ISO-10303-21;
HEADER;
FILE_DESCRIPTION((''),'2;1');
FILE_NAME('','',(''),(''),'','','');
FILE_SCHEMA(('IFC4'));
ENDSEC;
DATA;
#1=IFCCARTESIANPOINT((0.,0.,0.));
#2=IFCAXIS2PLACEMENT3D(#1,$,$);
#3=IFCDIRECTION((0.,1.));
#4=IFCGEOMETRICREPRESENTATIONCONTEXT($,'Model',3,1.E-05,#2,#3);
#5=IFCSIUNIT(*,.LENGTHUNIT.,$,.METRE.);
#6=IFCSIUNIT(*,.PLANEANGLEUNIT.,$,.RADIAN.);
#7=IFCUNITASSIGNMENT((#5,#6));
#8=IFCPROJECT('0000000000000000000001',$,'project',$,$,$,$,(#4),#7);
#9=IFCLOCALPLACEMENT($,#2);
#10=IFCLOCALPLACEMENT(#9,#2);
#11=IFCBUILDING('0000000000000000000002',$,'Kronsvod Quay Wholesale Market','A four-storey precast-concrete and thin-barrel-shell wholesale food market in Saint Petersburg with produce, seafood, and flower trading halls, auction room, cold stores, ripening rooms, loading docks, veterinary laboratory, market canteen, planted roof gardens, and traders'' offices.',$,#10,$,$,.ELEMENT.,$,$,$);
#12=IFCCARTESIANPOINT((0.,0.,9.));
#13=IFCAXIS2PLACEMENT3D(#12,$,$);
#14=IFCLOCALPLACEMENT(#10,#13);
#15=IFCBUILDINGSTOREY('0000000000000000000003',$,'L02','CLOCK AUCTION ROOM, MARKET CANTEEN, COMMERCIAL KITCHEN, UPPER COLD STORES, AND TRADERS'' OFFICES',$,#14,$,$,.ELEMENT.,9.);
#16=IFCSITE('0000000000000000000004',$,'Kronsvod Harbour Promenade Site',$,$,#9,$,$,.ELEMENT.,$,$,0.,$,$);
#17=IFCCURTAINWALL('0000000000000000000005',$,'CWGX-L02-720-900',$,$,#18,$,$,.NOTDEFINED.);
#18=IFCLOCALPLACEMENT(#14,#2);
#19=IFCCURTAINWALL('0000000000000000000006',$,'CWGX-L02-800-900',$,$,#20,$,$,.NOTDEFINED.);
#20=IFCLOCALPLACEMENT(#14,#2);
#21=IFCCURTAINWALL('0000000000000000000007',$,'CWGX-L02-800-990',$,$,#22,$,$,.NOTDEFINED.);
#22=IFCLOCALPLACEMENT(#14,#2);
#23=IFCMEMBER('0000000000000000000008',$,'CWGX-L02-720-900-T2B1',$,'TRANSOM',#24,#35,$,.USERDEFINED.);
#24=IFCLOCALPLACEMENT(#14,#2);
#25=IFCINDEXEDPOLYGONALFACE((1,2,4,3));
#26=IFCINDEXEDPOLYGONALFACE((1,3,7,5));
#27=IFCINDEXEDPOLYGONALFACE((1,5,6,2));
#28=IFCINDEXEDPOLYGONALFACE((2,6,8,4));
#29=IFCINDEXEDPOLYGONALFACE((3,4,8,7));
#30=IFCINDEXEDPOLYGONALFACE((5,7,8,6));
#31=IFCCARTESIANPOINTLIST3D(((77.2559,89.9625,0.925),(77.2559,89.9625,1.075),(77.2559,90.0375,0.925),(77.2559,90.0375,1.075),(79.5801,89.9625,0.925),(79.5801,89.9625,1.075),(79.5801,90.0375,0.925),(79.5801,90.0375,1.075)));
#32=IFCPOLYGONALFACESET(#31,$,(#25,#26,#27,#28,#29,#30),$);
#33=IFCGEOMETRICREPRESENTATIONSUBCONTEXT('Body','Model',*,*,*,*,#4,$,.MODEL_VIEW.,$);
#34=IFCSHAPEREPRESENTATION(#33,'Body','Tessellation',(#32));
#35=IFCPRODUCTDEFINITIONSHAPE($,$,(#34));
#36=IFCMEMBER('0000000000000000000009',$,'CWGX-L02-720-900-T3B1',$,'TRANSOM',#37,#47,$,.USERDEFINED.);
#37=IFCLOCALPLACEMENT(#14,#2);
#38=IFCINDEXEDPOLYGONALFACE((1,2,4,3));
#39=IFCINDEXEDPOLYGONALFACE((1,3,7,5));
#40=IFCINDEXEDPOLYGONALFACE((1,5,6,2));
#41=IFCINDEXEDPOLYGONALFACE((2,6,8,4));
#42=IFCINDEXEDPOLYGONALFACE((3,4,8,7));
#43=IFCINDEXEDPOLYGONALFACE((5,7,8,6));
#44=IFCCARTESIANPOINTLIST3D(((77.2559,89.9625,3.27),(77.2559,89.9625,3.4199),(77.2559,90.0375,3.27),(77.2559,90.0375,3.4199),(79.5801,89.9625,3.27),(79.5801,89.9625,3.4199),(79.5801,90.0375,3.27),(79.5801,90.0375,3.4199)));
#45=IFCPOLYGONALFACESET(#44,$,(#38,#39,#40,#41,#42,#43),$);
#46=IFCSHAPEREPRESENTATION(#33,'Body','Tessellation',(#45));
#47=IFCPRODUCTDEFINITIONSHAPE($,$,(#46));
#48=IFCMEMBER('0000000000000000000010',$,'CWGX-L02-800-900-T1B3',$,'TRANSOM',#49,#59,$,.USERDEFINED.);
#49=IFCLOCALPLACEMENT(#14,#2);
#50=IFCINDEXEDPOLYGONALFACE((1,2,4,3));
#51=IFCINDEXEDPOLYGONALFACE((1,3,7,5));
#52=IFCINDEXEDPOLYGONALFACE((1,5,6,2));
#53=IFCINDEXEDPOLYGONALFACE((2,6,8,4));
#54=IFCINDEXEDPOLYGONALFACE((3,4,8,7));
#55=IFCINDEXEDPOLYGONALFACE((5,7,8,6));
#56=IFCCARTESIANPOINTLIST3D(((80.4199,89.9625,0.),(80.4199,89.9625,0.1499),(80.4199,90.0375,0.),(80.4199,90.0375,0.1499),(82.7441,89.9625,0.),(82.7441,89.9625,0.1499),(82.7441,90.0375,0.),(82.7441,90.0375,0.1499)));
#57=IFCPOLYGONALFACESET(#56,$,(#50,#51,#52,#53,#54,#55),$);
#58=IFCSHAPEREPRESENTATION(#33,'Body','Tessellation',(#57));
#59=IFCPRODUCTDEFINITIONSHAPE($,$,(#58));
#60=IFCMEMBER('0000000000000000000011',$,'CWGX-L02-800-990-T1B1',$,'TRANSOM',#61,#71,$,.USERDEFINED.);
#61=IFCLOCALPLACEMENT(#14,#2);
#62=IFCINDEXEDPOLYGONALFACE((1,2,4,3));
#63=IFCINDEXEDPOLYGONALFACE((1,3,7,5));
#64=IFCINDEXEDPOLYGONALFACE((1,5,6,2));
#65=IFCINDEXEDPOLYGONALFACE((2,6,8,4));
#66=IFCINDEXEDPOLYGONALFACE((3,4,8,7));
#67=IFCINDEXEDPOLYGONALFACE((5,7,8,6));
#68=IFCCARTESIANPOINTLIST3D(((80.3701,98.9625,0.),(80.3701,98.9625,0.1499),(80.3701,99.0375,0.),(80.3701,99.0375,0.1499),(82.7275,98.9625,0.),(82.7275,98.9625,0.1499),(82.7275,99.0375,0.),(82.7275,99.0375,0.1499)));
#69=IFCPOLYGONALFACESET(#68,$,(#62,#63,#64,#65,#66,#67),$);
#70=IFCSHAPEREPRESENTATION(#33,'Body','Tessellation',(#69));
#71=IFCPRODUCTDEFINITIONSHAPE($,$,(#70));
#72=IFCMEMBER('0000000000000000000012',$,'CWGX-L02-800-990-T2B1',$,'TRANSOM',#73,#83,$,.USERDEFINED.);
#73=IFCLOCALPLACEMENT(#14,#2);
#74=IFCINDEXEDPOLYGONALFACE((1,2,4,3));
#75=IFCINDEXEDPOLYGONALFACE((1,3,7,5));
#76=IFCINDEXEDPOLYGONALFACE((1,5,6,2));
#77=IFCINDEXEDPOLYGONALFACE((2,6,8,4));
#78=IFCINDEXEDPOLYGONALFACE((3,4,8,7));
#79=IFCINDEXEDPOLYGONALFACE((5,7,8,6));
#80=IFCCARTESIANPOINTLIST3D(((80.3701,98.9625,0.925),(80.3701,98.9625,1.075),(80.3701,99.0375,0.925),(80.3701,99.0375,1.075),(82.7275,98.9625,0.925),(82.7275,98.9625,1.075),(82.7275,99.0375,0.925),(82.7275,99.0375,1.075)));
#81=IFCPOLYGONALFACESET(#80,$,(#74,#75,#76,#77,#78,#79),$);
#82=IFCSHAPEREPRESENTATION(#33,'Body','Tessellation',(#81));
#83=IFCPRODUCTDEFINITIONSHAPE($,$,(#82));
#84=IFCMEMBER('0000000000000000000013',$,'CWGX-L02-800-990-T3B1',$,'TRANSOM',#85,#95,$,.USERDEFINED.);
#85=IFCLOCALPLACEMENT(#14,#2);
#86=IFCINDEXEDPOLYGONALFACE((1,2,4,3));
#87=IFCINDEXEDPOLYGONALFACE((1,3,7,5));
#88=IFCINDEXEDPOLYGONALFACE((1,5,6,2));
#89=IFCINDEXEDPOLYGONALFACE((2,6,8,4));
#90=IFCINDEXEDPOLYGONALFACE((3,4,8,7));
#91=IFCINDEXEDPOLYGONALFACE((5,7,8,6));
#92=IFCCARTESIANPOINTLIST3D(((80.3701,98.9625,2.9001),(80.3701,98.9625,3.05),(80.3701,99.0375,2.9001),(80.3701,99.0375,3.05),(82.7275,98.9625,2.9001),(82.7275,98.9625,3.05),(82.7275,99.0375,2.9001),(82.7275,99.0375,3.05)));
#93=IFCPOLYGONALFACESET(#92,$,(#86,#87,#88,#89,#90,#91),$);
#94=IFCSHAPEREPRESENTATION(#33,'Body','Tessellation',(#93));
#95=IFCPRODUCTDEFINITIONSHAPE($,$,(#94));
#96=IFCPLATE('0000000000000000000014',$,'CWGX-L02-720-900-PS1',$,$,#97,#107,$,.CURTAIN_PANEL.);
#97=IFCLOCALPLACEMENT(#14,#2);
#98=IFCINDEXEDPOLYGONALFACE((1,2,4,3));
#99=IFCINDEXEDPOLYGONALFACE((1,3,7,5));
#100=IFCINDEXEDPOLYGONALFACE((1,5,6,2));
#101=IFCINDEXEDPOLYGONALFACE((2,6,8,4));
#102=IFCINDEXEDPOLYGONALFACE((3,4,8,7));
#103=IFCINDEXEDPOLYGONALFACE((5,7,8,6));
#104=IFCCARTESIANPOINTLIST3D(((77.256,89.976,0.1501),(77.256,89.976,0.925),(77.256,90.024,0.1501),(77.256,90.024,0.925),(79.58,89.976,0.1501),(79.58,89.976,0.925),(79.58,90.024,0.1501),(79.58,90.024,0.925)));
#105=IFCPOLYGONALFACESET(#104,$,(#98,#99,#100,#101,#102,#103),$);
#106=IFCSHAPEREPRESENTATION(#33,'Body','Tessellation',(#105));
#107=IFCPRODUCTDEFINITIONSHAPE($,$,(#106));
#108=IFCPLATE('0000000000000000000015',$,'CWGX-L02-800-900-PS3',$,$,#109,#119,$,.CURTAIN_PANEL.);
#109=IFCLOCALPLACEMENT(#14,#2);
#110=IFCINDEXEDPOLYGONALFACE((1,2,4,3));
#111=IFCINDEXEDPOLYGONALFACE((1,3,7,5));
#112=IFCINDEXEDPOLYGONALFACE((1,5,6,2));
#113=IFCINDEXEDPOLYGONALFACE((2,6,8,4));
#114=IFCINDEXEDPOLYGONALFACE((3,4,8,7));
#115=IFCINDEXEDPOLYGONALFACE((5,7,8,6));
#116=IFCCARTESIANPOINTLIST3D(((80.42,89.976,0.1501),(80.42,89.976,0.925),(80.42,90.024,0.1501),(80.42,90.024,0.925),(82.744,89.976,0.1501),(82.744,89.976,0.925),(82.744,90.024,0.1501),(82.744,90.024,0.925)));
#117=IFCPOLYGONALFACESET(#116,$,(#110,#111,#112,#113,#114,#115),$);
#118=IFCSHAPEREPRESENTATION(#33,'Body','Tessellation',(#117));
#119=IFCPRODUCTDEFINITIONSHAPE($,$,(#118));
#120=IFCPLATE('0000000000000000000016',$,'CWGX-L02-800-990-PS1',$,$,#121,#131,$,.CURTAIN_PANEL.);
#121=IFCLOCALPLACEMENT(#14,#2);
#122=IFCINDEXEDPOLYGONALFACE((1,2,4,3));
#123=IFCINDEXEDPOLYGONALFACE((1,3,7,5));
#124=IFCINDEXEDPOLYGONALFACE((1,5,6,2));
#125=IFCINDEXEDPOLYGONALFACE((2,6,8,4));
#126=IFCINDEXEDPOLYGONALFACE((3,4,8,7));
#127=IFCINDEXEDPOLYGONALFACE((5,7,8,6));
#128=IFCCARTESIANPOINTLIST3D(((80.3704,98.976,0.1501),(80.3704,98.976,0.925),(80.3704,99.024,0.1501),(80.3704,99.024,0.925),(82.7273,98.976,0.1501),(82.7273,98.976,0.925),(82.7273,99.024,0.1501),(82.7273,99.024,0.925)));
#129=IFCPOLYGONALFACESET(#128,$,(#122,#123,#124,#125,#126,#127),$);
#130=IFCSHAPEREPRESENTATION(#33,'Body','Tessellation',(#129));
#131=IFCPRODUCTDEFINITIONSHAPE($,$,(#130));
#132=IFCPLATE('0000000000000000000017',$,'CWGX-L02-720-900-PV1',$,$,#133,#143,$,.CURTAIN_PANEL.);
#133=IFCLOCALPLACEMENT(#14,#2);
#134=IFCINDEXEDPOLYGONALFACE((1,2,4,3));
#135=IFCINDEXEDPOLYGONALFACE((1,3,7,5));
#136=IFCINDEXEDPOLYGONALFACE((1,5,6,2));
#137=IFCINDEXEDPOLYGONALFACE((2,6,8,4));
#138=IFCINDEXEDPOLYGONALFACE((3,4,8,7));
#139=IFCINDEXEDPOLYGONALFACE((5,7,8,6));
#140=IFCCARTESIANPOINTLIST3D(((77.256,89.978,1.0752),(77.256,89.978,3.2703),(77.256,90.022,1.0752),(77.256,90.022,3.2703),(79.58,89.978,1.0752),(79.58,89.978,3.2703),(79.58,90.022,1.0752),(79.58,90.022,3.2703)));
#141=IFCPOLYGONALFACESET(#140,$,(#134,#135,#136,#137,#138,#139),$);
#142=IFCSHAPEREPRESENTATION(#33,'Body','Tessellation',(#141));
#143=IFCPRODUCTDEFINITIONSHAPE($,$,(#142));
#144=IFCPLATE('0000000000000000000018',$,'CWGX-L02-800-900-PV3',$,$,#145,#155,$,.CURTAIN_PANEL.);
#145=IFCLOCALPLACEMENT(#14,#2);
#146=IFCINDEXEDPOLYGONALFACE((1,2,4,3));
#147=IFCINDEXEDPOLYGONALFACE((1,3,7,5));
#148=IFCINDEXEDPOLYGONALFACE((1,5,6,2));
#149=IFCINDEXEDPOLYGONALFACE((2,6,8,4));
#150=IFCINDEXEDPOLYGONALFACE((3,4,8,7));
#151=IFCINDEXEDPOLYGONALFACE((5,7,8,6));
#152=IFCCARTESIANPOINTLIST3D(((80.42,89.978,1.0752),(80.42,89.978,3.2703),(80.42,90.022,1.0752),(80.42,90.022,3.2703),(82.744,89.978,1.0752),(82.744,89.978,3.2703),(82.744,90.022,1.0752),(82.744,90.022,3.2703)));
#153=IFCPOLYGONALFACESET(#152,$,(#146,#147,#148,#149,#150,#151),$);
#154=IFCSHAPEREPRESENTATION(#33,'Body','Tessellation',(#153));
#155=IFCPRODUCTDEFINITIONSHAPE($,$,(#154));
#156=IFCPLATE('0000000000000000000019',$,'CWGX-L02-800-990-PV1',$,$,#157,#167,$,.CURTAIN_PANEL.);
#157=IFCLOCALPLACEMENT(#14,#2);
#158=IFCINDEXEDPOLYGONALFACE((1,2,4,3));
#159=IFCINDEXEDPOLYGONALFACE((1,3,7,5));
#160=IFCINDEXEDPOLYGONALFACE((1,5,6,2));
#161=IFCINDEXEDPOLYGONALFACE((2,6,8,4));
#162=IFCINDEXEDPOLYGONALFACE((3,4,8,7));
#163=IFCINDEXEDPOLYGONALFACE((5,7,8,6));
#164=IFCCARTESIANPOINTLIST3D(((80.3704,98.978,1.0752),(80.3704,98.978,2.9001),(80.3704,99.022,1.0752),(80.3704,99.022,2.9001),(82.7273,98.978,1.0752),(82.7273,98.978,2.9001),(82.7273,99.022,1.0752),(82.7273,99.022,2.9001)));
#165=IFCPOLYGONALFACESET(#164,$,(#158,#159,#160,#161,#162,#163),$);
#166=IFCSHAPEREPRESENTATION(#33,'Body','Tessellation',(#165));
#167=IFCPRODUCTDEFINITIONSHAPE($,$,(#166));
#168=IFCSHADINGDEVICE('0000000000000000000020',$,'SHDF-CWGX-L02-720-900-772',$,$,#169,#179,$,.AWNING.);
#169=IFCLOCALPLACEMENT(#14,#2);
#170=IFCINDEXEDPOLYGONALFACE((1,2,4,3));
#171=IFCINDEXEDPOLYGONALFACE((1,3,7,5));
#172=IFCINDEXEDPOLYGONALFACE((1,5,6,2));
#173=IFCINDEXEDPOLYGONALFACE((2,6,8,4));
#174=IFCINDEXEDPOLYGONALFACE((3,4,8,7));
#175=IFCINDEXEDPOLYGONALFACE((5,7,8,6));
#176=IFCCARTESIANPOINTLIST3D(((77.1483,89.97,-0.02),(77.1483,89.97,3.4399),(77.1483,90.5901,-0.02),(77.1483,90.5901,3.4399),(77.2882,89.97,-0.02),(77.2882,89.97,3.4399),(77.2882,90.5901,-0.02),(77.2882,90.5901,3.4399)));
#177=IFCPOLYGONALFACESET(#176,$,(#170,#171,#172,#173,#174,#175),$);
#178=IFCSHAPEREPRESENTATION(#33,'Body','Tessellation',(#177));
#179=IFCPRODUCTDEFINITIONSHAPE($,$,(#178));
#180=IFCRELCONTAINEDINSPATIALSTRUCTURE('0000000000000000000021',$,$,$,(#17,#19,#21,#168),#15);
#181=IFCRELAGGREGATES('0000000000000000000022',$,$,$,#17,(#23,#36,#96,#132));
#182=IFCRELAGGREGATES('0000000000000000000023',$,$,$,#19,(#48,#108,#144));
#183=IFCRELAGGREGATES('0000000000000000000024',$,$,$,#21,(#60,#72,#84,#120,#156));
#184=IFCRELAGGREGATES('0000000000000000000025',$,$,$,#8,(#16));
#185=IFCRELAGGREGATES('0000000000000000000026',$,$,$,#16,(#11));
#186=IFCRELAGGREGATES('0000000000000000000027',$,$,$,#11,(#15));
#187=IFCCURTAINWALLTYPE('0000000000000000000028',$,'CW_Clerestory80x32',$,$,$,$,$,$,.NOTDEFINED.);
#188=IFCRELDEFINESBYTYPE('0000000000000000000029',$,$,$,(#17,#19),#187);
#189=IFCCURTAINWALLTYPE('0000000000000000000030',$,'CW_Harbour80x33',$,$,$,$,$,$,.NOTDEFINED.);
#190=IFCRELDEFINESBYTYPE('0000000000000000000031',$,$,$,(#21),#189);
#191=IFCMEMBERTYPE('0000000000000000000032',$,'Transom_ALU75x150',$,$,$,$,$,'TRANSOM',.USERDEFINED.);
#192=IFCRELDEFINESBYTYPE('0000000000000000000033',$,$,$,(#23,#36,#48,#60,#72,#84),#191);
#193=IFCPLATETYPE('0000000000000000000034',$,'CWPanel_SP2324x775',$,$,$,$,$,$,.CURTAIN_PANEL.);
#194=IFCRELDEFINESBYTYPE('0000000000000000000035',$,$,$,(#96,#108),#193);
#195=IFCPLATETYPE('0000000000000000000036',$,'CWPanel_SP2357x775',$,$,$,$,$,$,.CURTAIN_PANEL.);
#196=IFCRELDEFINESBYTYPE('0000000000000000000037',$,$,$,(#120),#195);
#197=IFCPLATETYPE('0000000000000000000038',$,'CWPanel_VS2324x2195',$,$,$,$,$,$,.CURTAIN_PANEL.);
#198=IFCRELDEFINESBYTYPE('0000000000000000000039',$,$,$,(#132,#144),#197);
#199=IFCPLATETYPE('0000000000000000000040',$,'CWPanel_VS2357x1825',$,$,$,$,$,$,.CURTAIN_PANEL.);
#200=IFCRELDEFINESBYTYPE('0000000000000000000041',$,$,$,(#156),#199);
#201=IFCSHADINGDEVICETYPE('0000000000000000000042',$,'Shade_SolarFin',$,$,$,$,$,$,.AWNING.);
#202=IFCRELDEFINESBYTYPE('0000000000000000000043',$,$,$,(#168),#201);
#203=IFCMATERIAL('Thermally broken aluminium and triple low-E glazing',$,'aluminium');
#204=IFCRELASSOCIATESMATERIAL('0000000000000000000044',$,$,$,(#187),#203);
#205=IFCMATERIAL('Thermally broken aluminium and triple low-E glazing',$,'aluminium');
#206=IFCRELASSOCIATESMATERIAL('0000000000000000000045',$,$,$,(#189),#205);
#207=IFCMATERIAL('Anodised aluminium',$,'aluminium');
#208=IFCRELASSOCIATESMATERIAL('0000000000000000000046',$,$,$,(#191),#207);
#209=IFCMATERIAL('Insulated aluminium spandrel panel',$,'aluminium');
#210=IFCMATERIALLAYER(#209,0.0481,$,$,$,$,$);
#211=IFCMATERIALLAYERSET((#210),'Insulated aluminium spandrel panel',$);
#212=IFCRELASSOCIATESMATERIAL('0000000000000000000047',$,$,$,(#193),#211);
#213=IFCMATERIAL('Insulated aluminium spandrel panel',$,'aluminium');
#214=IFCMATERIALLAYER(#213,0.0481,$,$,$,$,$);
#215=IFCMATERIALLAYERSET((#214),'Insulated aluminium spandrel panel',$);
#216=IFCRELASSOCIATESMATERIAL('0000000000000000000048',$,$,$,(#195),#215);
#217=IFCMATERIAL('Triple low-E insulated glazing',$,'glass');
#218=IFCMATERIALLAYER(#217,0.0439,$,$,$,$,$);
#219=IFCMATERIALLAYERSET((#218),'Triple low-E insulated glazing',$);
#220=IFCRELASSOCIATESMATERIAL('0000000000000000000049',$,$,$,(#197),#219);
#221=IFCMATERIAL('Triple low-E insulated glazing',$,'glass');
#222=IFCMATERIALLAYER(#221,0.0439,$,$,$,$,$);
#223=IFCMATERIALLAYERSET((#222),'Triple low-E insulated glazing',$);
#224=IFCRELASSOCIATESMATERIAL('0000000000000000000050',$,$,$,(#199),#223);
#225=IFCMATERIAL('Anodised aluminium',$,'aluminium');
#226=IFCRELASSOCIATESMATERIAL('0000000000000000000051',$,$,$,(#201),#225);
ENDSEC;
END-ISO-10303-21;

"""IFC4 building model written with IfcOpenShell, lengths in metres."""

from ifc_helpers import new_model, si_unit, direction, frame, origin, origin_2d, place, context, subcontext, project, spatial, rectangle, extrude, material, layer, layer_set, material_profile, profile_set, type_object, element, aggregate, save


model = new_model("IFC4")

# Units and contexts
model_context = context("Model", 3, precision=1e-05, world=origin(), true_north=direction((0.0, 1.0)))
body_context = subcontext(model_context, "Body", "Model", "MODEL_VIEW")
ifc_project = project(units=[si_unit("LENGTHUNIT", "METRE"), si_unit("PLANEANGLEUNIT", "RADIAN")], contexts=[model_context])

# Site, building, storey
site_placement = place(None, origin())
site = spatial("IfcSite", under=ifc_project, at=site_placement, Name="Kronsvod Harbour Promenade Site", CompositionType="ELEMENT", RefElevation=0.0)
building_placement = place(site_placement, origin())
building = spatial("IfcBuilding", under=site, at=building_placement, Name="Kronsvod Quay Wholesale Market", Description="A four-storey precast-concrete and thin-barrel-shell wholesale food market in Saint Petersburg with produce, seafood, and flower trading halls, auction room, cold stores, ripening rooms, loading docks, veterinary laboratory, market canteen, planted roof gardens, and traders' offices.", CompositionType="ELEMENT")
storey_placement = place(building_placement, frame((0.0, 0.0, 9.0)))
storey = spatial("IfcBuildingStorey", under=building, at=storey_placement, Name="L02", Description="CLOCK AUCTION ROOM, MARKET CANTEEN, COMMERCIAL KITCHEN, UPPER COLD STORES, AND TRADERS' OFFICES", CompositionType="ELEMENT", Elevation=9.0)

# Curtain wall
ifc_material_1 = material(Name="Thermally broken aluminium and triple low-E glazing", Category="aluminium")
curtain_wall_type_1 = type_object("IfcCurtainWallType", Name="CW_Clerestory80x32", PredefinedType="NOTDEFINED", material=ifc_material_1)
curtain_wall_1_placement = place(storey_placement, origin())
curtain_wall_1 = element("IfcCurtainWall", 1, at=curtain_wall_1_placement, inside=storey, type_object=curtain_wall_type_1, Name="CWGX-L02-720-900", PredefinedType="NOTDEFINED")

# Curtain walls
curtain_wall_2_placement = place(storey_placement, origin())
curtain_wall_2 = element("IfcCurtainWall", 2, at=curtain_wall_2_placement, inside=storey, type_object=curtain_wall_type_1, Name="CWGX-L02-800-900", PredefinedType="NOTDEFINED")
ifc_material_2 = material(Name="Thermally broken aluminium and triple low-E glazing", Category="aluminium")
curtain_wall_type_2 = type_object("IfcCurtainWallType", Name="CW_Harbour80x33", PredefinedType="NOTDEFINED", material=ifc_material_2)
curtain_wall_3_placement = place(storey_placement, origin())
curtain_wall_3 = element("IfcCurtainWall", 3, at=curtain_wall_3_placement, inside=storey, type_object=curtain_wall_type_2, Name="CWGX-L02-800-990", PredefinedType="NOTDEFINED")

# Members
ifc_material_3 = material(Name="Anodised aluminium", Category="aluminium")
ifc_material_profile_1 = material_profile(ifc_material_3, rectangle(XDim=0.075, YDim=0.1499, at=origin_2d()), Name="ALUT75x150")
ifc_profile_set_1 = profile_set([ifc_material_profile_1], Name="Anodised aluminium")
member_type_1 = type_object("IfcMemberType", Name="Transom_ALU75x150", ElementType="TRANSOM", PredefinedType="USERDEFINED", material=ifc_profile_set_1)
member_1_placement = place(storey_placement, frame((79.5801, 90.0, 1.0), z_axis=(-1.0, 0.0, 0.0), x_axis=(0.0, -1.0, 0.0)))
member_1 = element("IfcMember", 4, at=member_1_placement, type_object=member_type_1, Name="CWGX-L02-720-900-T2B1", ObjectType="TRANSOM", PredefinedType="USERDEFINED", context=body_context, shape_type="SweptSolid", body=[
    extrude(rectangle(XDim=0.075, YDim=0.1499, at=origin_2d()), origin(), (0.0, 0.0, 1.0), 2.3242),
])
member_2_placement = place(storey_placement, frame((79.5801, 90.0, 3.345), z_axis=(-1.0, 0.0, 0.0), x_axis=(0.0, -1.0, 0.0)))
member_2 = element("IfcMember", 5, at=member_2_placement, type_object=member_type_1, Name="CWGX-L02-720-900-T3B1", ObjectType="TRANSOM", PredefinedType="USERDEFINED", context=body_context, shape_type="SweptSolid", body=[
    extrude(rectangle(XDim=0.075, YDim=0.1499, at=origin_2d()), origin(), (0.0, 0.0, 1.0), 2.3242),
])
member_3_placement = place(storey_placement, frame((82.7441, 90.0, 0.075), z_axis=(-1.0, 0.0, 0.0), x_axis=(0.0, -1.0, 0.0)))
member_3 = element("IfcMember", 6, at=member_3_placement, type_object=member_type_1, Name="CWGX-L02-800-900-T1B3", ObjectType="TRANSOM", PredefinedType="USERDEFINED", context=body_context, shape_type="SweptSolid", body=[
    extrude(rectangle(XDim=0.075, YDim=0.1499, at=origin_2d()), origin(), (0.0, 0.0, 1.0), 2.3242),
])
member_4_placement = place(storey_placement, frame((80.3701, 99.0, 0.075), z_axis=(1.0, 0.0, 0.0), x_axis=(0.0, 1.0, 0.0)))
member_4 = element("IfcMember", 7, at=member_4_placement, type_object=member_type_1, Name="CWGX-L02-800-990-T1B1", ObjectType="TRANSOM", PredefinedType="USERDEFINED", context=body_context, shape_type="SweptSolid", body=[
    extrude(rectangle(XDim=0.075, YDim=0.1499, at=origin_2d()), origin(), (0.0, 0.0, 1.0), 2.3574),
])
member_5_placement = place(storey_placement, frame((80.3701, 99.0, 1.0), z_axis=(1.0, 0.0, 0.0), x_axis=(0.0, 1.0, 0.0)))
member_5 = element("IfcMember", 8, at=member_5_placement, type_object=member_type_1, Name="CWGX-L02-800-990-T2B1", ObjectType="TRANSOM", PredefinedType="USERDEFINED", context=body_context, shape_type="SweptSolid", body=[
    extrude(rectangle(XDim=0.075, YDim=0.1499, at=origin_2d()), origin(), (0.0, 0.0, 1.0), 2.3574),
])
member_6_placement = place(storey_placement, frame((80.3701, 99.0, 2.9751), z_axis=(1.0, 0.0, 0.0), x_axis=(0.0, 1.0, 0.0)))
member_6 = element("IfcMember", 9, at=member_6_placement, type_object=member_type_1, Name="CWGX-L02-800-990-T3B1", ObjectType="TRANSOM", PredefinedType="USERDEFINED", context=body_context, shape_type="SweptSolid", body=[
    extrude(rectangle(XDim=0.075, YDim=0.1499, at=origin_2d()), origin(), (0.0, 0.0, 1.0), 2.3574),
])

# Plates
ifc_material_4 = material(Name="Insulated aluminium spandrel panel", Category="aluminium")
ifc_layer_1 = layer(ifc_material_4, 0.0481)
ifc_layer_set_1 = layer_set([ifc_layer_1], Name="Insulated aluminium spandrel panel")
plate_type_1 = type_object("IfcPlateType", Name="CWPanel_SP2324x775", PredefinedType="CURTAIN_PANEL", material=ifc_layer_set_1)
plate_1_placement = place(storey_placement, frame((78.418, 90.0, 0.1501), z_axis=(0.0, 0.0, 1.0), x_axis=(-1.0, 0.0, 0.0)))
plate_1 = element("IfcPlate", 10, at=plate_1_placement, type_object=plate_type_1, Name="CWGX-L02-720-900-PS1", PredefinedType="CURTAIN_PANEL", context=body_context, shape_type="SweptSolid", body=[
    extrude(rectangle(XDim=2.324, YDim=0.0481, at=origin_2d()), origin(), (0.0, 0.0, 1.0), 0.7749),
])
plate_2_placement = place(storey_placement, frame((81.582, 90.0, 0.1501), z_axis=(0.0, 0.0, 1.0), x_axis=(-1.0, 0.0, 0.0)))
plate_2 = element("IfcPlate", 11, at=plate_2_placement, type_object=plate_type_1, Name="CWGX-L02-800-900-PS3", PredefinedType="CURTAIN_PANEL", context=body_context, shape_type="SweptSolid", body=[
    extrude(rectangle(XDim=2.324, YDim=0.0481, at=origin_2d()), origin(), (0.0, 0.0, 1.0), 0.7749),
])
ifc_material_5 = material(Name="Insulated aluminium spandrel panel", Category="aluminium")
ifc_layer_2 = layer(ifc_material_5, 0.0481)
ifc_layer_set_2 = layer_set([ifc_layer_2], Name="Insulated aluminium spandrel panel")
plate_type_2 = type_object("IfcPlateType", Name="CWPanel_SP2357x775", PredefinedType="CURTAIN_PANEL", material=ifc_layer_set_2)
plate_3_placement = place(storey_placement, frame((81.5488, 99.0, 0.1501), z_axis=(0.0, 0.0, 1.0), x_axis=(1.0, 0.0, 0.0)))
plate_3 = element("IfcPlate", 12, at=plate_3_placement, type_object=plate_type_2, Name="CWGX-L02-800-990-PS1", PredefinedType="CURTAIN_PANEL", context=body_context, shape_type="SweptSolid", body=[
    extrude(rectangle(XDim=2.3569, YDim=0.0481, at=origin_2d()), origin(), (0.0, 0.0, 1.0), 0.7749),
])
ifc_material_6 = material(Name="Triple low-E insulated glazing", Category="glass")
ifc_layer_3 = layer(ifc_material_6, 0.0439)
ifc_layer_set_3 = layer_set([ifc_layer_3], Name="Triple low-E insulated glazing")
plate_type_3 = type_object("IfcPlateType", Name="CWPanel_VS2324x2195", PredefinedType="CURTAIN_PANEL", material=ifc_layer_set_3)
plate_4_placement = place(storey_placement, frame((78.418, 90.0, 1.0752), z_axis=(0.0, 0.0, 1.0), x_axis=(-1.0, 0.0, 0.0)))
plate_4 = element("IfcPlate", 13, at=plate_4_placement, type_object=plate_type_3, Name="CWGX-L02-720-900-PV1", PredefinedType="CURTAIN_PANEL", context=body_context, shape_type="SweptSolid", body=[
    extrude(rectangle(XDim=2.324, YDim=0.0439, at=origin_2d()), origin(), (0.0, 0.0, 1.0), 2.1951),
])
aggregate(curtain_wall_1, [member_1, member_2, plate_1, plate_4])
plate_5_placement = place(storey_placement, frame((81.582, 90.0, 1.0752), z_axis=(0.0, 0.0, 1.0), x_axis=(-1.0, 0.0, 0.0)))
plate_5 = element("IfcPlate", 14, at=plate_5_placement, type_object=plate_type_3, Name="CWGX-L02-800-900-PV3", PredefinedType="CURTAIN_PANEL", context=body_context, shape_type="SweptSolid", body=[
    extrude(rectangle(XDim=2.324, YDim=0.0439, at=origin_2d()), origin(), (0.0, 0.0, 1.0), 2.1951),
])
aggregate(curtain_wall_2, [member_3, plate_2, plate_5])
ifc_material_7 = material(Name="Triple low-E insulated glazing", Category="glass")
ifc_layer_4 = layer(ifc_material_7, 0.0439)
ifc_layer_set_4 = layer_set([ifc_layer_4], Name="Triple low-E insulated glazing")
plate_type_4 = type_object("IfcPlateType", Name="CWPanel_VS2357x1825", PredefinedType="CURTAIN_PANEL", material=ifc_layer_set_4)
plate_6_placement = place(storey_placement, frame((81.5488, 99.0, 1.0752), z_axis=(0.0, 0.0, 1.0), x_axis=(1.0, 0.0, 0.0)))
plate_6 = element("IfcPlate", 15, at=plate_6_placement, type_object=plate_type_4, Name="CWGX-L02-800-990-PV1", PredefinedType="CURTAIN_PANEL", context=body_context, shape_type="SweptSolid", body=[
    extrude(rectangle(XDim=2.3569, YDim=0.0439, at=origin_2d()), origin(), (0.0, 0.0, 1.0), 1.825),
])
aggregate(curtain_wall_3, [member_4, member_5, member_6, plate_3, plate_6])

# Shading device
ifc_material_8 = material(Name="Anodised aluminium", Category="aluminium")
shading_device_type = type_object("IfcShadingDeviceType", Name="Shade_SolarFin", PredefinedType="AWNING", material=ifc_material_8)
shading_device_placement = place(storey_placement, frame((77.2183, 90.28, -0.02), z_axis=(0.0, 0.0, 1.0), x_axis=(1.0, 0.0, 0.0)))
element("IfcShadingDevice", 16, at=shading_device_placement, inside=storey, type_object=shading_device_type, Name="SHDF-CWGX-L02-720-900-772", PredefinedType="AWNING", context=body_context, shape_type="SweptSolid", body=[
    extrude(rectangle(XDim=0.1399, YDim=0.6201, at=origin_2d()), origin(), (0.0, 0.0, 1.0), 3.46),
])

save(model, "model.ifc")
